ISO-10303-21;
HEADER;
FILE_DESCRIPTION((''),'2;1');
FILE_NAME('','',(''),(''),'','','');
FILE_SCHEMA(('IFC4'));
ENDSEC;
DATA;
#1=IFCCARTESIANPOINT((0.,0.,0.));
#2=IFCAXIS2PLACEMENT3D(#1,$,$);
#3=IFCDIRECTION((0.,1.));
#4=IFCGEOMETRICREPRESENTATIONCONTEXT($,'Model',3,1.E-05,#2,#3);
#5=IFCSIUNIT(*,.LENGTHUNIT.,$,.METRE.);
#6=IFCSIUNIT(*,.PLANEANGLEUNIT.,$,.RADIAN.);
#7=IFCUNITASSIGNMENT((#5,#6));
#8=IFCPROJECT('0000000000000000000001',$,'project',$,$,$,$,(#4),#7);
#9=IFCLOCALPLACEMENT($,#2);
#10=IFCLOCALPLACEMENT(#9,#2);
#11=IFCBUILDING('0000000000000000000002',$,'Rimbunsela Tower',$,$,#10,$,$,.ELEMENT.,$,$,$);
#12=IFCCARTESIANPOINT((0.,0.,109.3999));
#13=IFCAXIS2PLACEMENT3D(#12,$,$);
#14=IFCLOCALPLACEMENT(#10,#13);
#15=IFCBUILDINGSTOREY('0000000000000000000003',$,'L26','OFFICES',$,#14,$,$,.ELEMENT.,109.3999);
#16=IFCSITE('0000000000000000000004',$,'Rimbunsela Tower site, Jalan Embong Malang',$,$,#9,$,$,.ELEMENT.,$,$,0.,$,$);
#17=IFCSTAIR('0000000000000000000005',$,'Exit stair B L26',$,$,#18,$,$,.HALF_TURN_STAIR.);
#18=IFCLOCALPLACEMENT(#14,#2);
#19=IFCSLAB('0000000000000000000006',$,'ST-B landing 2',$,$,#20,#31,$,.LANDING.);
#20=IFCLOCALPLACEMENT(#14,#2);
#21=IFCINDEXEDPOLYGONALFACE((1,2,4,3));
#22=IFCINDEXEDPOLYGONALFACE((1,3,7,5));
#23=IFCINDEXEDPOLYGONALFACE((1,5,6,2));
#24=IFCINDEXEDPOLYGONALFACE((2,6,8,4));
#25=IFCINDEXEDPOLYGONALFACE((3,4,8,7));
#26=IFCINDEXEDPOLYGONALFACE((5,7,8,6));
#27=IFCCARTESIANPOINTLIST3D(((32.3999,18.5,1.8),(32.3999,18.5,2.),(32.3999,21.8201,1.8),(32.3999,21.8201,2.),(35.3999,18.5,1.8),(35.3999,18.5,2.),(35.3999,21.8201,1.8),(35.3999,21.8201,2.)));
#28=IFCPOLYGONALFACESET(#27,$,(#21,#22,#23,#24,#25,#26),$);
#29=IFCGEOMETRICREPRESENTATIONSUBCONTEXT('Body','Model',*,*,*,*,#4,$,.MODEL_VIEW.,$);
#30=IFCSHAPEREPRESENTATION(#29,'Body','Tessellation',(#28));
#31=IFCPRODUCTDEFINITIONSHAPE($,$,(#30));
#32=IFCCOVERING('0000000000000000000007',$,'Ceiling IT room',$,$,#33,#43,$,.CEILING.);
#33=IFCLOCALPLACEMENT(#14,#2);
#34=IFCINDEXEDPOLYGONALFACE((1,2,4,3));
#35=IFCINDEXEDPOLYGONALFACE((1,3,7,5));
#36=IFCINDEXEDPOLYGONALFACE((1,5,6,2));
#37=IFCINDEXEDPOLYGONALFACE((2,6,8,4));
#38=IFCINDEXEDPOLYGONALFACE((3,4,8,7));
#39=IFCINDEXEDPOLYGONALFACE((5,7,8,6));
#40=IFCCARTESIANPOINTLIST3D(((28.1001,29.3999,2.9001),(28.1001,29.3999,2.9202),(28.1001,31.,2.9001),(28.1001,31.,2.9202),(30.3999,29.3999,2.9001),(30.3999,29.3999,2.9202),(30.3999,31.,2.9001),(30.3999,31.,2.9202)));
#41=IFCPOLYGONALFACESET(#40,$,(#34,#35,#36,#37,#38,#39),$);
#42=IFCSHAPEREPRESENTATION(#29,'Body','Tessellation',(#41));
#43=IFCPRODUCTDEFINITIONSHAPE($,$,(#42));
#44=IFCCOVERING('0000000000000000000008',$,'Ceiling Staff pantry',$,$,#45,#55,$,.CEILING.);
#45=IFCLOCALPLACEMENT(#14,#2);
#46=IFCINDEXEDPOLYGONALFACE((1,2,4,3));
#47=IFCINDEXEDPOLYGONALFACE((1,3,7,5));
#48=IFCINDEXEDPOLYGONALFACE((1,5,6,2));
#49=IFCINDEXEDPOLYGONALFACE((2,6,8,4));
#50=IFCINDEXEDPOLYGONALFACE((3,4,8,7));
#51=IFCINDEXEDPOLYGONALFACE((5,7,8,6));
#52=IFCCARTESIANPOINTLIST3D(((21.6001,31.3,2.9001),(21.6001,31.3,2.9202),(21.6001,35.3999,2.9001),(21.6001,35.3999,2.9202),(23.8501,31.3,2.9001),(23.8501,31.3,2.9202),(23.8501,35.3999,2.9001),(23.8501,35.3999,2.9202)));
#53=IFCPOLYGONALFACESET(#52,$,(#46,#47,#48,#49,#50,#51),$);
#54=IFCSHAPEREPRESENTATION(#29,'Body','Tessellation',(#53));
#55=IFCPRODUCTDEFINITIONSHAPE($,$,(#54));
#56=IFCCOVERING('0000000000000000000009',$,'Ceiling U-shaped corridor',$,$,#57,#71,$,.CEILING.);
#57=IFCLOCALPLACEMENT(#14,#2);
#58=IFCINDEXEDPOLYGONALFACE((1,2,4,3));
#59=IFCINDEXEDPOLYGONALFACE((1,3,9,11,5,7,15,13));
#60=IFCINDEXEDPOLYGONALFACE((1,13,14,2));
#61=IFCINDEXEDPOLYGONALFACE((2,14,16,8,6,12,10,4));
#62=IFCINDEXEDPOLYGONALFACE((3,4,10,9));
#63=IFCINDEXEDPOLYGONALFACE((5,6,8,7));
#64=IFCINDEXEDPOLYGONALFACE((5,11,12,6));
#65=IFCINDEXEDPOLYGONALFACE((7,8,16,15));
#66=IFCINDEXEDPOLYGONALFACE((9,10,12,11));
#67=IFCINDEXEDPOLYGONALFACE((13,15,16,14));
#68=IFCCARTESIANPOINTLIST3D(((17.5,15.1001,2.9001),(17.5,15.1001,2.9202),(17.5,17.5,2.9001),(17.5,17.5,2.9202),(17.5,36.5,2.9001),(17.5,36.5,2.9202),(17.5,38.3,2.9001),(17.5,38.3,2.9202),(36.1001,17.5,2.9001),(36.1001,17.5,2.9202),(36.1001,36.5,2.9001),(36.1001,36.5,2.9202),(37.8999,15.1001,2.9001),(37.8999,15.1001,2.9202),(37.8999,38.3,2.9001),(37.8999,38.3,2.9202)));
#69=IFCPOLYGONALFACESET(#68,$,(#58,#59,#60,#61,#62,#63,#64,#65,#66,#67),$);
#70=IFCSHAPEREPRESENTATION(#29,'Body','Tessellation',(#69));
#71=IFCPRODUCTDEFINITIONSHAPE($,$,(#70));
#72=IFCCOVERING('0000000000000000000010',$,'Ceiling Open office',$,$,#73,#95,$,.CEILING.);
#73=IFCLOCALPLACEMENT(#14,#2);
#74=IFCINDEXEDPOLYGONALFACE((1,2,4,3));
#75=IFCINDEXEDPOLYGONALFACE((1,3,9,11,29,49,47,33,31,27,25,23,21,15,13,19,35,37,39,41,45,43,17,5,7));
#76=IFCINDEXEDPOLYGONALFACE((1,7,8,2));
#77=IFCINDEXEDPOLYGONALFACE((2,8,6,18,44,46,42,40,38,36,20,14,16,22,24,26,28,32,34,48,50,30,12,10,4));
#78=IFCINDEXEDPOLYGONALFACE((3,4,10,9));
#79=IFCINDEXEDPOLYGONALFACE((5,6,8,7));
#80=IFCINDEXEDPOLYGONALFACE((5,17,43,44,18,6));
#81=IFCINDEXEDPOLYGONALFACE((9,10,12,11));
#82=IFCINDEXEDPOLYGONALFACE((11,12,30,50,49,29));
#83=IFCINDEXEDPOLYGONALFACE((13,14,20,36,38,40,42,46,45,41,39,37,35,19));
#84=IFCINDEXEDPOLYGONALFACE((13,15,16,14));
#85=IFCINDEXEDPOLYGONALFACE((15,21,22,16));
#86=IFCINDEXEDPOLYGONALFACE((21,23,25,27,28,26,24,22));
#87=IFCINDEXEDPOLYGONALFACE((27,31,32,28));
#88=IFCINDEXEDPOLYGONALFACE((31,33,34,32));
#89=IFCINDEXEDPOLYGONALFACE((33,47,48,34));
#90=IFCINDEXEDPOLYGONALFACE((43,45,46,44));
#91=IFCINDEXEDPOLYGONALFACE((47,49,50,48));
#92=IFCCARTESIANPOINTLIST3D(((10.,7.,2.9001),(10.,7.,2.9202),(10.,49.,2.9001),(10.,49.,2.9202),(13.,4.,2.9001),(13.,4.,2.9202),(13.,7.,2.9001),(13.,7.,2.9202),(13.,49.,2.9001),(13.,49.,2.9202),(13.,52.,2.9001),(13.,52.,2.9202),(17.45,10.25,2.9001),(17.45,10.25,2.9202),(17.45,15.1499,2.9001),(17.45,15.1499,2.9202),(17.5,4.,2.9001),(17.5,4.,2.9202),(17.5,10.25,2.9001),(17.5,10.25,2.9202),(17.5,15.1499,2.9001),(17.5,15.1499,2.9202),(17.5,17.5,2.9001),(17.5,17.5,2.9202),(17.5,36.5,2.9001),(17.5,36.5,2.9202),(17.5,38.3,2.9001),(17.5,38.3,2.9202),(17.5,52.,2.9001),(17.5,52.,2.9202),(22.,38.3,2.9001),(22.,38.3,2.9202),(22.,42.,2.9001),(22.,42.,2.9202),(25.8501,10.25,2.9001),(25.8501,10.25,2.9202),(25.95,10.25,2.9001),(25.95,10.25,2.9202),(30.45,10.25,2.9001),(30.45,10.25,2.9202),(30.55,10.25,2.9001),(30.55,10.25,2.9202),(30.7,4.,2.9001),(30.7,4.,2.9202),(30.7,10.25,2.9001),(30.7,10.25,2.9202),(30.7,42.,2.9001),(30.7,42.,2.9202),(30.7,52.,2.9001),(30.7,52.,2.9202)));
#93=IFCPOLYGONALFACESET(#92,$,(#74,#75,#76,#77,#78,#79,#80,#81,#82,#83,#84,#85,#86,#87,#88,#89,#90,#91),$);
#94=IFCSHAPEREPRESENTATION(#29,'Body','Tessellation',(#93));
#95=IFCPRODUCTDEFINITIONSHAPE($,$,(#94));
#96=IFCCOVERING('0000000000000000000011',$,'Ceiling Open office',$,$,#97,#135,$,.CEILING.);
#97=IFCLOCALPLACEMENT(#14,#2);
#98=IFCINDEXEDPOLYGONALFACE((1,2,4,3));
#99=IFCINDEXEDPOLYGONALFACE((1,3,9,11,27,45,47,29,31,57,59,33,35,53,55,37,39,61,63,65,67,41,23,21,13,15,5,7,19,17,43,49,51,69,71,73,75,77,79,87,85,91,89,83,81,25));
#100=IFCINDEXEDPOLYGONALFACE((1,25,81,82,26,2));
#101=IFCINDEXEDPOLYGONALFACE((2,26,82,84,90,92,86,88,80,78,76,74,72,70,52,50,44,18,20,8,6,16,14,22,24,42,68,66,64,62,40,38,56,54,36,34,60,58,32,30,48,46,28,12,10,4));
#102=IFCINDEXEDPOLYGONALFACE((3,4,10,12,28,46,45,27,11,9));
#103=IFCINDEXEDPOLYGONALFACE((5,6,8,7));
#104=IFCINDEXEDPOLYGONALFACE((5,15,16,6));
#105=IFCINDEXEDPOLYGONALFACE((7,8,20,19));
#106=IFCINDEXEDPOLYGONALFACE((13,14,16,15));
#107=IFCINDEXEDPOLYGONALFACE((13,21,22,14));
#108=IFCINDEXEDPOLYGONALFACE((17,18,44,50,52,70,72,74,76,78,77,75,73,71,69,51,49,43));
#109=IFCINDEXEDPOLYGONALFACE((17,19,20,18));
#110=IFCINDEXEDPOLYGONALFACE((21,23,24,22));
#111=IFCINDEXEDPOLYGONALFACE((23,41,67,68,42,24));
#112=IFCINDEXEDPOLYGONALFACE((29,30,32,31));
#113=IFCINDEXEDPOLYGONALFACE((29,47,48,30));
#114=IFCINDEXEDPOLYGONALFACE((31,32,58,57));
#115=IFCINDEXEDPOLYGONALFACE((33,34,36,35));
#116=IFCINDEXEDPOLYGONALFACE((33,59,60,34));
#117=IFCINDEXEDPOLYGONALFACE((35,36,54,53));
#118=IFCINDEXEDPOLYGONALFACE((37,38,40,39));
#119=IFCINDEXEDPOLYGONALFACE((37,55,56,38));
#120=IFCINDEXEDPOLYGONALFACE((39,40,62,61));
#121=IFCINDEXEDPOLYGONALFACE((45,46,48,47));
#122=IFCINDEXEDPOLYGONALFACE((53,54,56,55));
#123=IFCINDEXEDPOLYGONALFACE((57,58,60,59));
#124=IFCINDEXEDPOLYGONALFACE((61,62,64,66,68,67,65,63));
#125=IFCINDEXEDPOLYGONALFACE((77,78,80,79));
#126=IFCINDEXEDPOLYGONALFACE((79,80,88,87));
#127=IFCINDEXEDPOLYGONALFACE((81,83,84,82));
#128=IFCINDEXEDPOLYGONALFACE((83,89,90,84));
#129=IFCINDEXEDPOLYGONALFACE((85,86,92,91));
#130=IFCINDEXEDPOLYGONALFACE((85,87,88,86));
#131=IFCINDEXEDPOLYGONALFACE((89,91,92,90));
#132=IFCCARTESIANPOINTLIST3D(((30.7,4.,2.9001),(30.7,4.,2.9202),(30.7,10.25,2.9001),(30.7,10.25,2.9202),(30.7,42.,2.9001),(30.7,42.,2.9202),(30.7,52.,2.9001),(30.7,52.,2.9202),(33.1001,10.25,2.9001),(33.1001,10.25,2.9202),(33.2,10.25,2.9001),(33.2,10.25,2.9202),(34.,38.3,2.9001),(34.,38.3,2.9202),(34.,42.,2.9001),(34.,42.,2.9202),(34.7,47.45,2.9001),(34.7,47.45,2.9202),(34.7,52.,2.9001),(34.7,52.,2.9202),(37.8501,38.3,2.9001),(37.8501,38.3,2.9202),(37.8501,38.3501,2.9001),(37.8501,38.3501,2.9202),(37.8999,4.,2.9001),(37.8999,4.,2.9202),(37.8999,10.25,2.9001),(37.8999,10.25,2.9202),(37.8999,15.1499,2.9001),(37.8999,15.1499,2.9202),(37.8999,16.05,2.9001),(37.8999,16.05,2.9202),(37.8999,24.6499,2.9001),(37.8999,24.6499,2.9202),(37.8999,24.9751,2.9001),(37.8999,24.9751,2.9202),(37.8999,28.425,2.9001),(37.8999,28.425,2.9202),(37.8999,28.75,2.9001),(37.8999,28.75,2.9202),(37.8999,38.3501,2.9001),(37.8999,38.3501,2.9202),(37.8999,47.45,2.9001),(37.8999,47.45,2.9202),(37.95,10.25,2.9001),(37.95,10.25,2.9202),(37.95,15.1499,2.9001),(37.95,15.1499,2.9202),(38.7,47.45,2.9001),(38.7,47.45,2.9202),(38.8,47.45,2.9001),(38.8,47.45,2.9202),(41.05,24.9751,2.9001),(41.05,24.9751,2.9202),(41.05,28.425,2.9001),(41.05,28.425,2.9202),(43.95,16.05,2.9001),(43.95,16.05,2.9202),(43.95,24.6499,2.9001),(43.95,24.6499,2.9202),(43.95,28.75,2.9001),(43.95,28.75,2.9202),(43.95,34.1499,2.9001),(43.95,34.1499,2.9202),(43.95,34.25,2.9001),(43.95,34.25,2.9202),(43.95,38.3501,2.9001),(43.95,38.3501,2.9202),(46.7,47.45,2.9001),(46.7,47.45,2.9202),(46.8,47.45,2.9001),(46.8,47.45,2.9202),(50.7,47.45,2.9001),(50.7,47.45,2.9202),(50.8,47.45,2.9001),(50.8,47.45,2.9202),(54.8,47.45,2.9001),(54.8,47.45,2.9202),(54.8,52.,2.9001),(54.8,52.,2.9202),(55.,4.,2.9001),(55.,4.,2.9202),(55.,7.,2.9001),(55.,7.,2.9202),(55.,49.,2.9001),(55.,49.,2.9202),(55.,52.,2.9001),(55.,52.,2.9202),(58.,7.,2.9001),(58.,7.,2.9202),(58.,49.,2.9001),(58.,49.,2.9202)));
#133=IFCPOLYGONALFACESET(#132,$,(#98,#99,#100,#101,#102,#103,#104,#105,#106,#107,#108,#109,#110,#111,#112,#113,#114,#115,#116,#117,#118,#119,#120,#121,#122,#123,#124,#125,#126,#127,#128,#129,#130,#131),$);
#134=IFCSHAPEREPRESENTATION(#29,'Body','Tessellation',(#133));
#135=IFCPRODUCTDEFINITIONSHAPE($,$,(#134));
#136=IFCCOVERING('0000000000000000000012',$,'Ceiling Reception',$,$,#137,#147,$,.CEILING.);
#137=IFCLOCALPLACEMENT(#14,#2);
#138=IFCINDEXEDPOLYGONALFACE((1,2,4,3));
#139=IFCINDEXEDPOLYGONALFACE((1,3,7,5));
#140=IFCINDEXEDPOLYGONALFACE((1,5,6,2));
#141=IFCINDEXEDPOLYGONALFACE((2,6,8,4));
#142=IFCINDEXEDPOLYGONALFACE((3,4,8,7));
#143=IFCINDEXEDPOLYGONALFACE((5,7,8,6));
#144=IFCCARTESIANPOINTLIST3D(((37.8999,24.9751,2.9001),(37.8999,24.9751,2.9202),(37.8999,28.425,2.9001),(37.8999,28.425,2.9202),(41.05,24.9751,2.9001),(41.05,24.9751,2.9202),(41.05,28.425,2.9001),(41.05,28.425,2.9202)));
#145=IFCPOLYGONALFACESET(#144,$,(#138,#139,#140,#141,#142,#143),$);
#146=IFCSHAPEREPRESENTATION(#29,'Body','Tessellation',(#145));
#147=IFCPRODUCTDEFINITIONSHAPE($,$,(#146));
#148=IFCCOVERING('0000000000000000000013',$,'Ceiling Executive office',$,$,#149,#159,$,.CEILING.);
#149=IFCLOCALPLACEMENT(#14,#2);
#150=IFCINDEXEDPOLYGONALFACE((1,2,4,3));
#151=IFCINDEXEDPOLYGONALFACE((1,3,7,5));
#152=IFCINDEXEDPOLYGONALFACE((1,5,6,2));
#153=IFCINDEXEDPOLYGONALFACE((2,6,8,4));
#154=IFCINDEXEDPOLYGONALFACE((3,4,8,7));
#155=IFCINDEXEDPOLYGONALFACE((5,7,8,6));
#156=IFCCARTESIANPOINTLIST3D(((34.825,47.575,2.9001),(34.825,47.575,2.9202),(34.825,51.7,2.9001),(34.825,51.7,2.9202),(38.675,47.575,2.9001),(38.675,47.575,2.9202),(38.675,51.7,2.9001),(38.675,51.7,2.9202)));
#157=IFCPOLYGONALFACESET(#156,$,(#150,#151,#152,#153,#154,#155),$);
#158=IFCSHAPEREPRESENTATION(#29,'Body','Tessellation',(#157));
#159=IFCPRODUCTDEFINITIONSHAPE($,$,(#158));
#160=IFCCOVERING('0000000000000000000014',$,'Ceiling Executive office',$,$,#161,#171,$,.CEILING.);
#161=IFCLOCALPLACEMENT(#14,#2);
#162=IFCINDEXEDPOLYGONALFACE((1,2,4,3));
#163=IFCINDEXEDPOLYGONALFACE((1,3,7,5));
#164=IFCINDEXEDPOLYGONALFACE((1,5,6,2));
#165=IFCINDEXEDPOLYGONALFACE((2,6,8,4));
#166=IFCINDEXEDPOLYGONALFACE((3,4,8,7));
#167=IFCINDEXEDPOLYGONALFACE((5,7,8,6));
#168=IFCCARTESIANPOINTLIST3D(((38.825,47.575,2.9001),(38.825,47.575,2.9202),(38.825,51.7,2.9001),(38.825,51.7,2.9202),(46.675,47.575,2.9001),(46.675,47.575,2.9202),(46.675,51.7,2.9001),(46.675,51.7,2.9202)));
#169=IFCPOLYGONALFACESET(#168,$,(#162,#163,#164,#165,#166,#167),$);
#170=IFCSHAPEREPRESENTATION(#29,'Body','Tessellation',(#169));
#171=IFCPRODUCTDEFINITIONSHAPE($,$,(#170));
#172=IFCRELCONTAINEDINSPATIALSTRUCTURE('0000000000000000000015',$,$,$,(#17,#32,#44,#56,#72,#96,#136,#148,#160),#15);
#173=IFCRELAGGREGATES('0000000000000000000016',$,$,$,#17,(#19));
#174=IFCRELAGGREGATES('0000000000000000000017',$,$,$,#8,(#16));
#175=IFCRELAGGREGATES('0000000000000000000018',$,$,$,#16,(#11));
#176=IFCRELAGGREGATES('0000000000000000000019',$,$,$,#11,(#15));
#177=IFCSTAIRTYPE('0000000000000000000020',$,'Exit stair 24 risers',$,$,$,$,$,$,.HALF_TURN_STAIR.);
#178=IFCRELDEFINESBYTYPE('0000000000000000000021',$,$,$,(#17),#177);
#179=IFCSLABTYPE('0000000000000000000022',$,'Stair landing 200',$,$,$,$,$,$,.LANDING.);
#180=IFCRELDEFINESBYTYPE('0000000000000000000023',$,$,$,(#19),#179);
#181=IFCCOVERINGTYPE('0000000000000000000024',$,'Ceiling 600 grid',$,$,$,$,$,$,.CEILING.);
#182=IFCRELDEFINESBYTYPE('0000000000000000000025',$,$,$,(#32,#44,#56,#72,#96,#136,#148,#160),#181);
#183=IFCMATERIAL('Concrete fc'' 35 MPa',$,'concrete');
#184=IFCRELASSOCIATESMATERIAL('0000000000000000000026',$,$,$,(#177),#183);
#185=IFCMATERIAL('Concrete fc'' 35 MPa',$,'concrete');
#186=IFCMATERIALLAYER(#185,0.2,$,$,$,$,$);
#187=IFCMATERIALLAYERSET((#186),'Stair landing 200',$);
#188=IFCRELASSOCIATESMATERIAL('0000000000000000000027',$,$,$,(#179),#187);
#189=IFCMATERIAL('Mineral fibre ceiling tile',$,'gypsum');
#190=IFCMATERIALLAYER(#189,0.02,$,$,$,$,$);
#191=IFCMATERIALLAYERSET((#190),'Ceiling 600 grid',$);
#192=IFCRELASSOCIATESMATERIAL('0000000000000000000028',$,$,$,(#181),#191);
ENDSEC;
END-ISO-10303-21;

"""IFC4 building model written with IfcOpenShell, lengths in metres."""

from ifc_helpers import new_model, si_unit, direction, frame, origin, place, context, subcontext, project, spatial, polyline, outline, extrude, material, layer, layer_set, type_object, element, aggregate, save


model = new_model("IFC4")

# Units and contexts
model_context = context("Model", 3, precision=1e-05, world=origin(), true_north=direction((0.0, 1.0)))
body_context = subcontext(model_context, "Body", "Model", "MODEL_VIEW")
ifc_project = project(units=[si_unit("LENGTHUNIT", "METRE"), si_unit("PLANEANGLEUNIT", "RADIAN")], contexts=[model_context])

# Site, building, storey
site_placement = place(None, origin())
site = spatial("IfcSite", under=ifc_project, at=site_placement, Name="Rimbunsela Tower site, Jalan Embong Malang", CompositionType="ELEMENT", RefElevation=0.0)
building_placement = place(site_placement, origin())
building = spatial("IfcBuilding", under=site, at=building_placement, Name="Rimbunsela Tower", CompositionType="ELEMENT")
storey_placement = place(building_placement, frame((0.0, 0.0, 109.3999)))
storey = spatial("IfcBuildingStorey", under=building, at=storey_placement, Name="L26", Description="OFFICES", CompositionType="ELEMENT", Elevation=109.3999)

# Stair, slab
ifc_material_1 = material(Name="Concrete fc' 35 MPa", Category="concrete")
stair_type = type_object("IfcStairType", Name="Exit stair 24 risers", PredefinedType="HALF_TURN_STAIR", material=ifc_material_1)
stair_placement = place(storey_placement, origin())
stair = element("IfcStair", 1, at=stair_placement, inside=storey, type_object=stair_type, Name="Exit stair B L26", PredefinedType="HALF_TURN_STAIR")
ifc_material_2 = material(Name="Concrete fc' 35 MPa", Category="concrete")
ifc_layer_1 = layer(ifc_material_2, 0.2)
ifc_layer_set_1 = layer_set([ifc_layer_1], Name="Stair landing 200")
slab_type = type_object("IfcSlabType", Name="Stair landing 200", PredefinedType="LANDING", material=ifc_layer_set_1)
slab_placement = place(storey_placement, frame((0.0, 0.0, 1.8)))
slab = element("IfcSlab", 2, at=slab_placement, type_object=slab_type, Name="ST-B landing 2", PredefinedType="LANDING", context=body_context, shape_type="SweptSolid", body=[
    extrude(outline(polyline([(32.3999, 18.5), (35.3999, 18.5), (35.3999, 21.8201), (32.3999, 21.8201), (32.3999, 18.5)])), origin(), (0.0, 0.0, 1.0), 0.2),
])
aggregate(stair, [slab])

# Coverings
ifc_material_3 = material(Name="Mineral fibre ceiling tile", Category="gypsum")
ifc_layer_2 = layer(ifc_material_3, 0.02)
ifc_layer_set_2 = layer_set([ifc_layer_2], Name="Ceiling 600 grid")
covering_type_1 = type_object("IfcCoveringType", Name="Ceiling 600 grid", PredefinedType="CEILING", material=ifc_layer_set_2)
covering_1_placement = place(storey_placement, frame((0.0, 0.0, 2.9001)))
element("IfcCovering", 3, at=covering_1_placement, inside=storey, type_object=covering_type_1, Name="Ceiling IT room", PredefinedType="CEILING", context=body_context, shape_type="SweptSolid", body=[
    extrude(outline(polyline([(30.3999, 29.3999), (30.3999, 31.0), (28.1001, 31.0), (28.1001, 29.3999), (30.3999, 29.3999)])), origin(), (0.0, 0.0, 1.0), 0.02),
])
covering_2_placement = place(storey_placement, frame((0.0, 0.0, 2.9001)))
element("IfcCovering", 4, at=covering_2_placement, inside=storey, type_object=covering_type_1, Name="Ceiling Staff pantry", PredefinedType="CEILING", context=body_context, shape_type="SweptSolid", body=[
    extrude(outline(polyline([(23.8501, 31.3), (23.8501, 35.3999), (21.6001, 35.3999), (21.6001, 31.3), (23.8501, 31.3)])), origin(), (0.0, 0.0, 1.0), 0.02),
])
covering_3_placement = place(storey_placement, frame((0.0, 0.0, 2.9001)))
element("IfcCovering", 5, at=covering_3_placement, inside=storey, type_object=covering_type_1, Name="Ceiling U-shaped corridor", PredefinedType="CEILING", context=body_context, shape_type="SweptSolid", body=[
    extrude(outline(polyline([(37.8999, 38.3), (37.8999, 15.1001), (17.5, 15.1001), (17.5, 17.5), (36.1001, 17.5), (36.1001, 36.5), (17.5, 36.5), (17.5, 38.3), (37.8999, 38.3)])), origin(), (0.0, 0.0, 1.0), 0.02),
])
covering_4_placement = place(storey_placement, frame((0.0, 0.0, 2.9001)))
element("IfcCovering", 6, at=covering_4_placement, inside=storey, type_object=covering_type_1, Name="Ceiling Open office", PredefinedType="CEILING", context=body_context, shape_type="SweptSolid", body=[
    extrude(outline(polyline([(17.5, 4.0), (13.0, 4.0), (13.0, 7.0), (10.0, 7.0), (10.0, 49.0), (13.0, 49.0), (13.0, 52.0), (17.5, 52.0), (30.7, 52.0), (30.7, 42.0), (22.0, 42.0), (22.0, 38.3), (17.5, 38.3), (17.5, 36.5), (17.5, 17.5), (17.5, 15.1499), (17.45, 15.1499), (17.45, 10.25), (17.5, 10.25), (25.8501, 10.25), (25.95, 10.25), (30.45, 10.25), (30.55, 10.25), (30.7, 10.25), (30.7, 4.0), (17.5, 4.0)])), origin(), (0.0, 0.0, 1.0), 0.02),
])
covering_5_placement = place(storey_placement, frame((0.0, 0.0, 2.9001)))
element("IfcCovering", 7, at=covering_5_placement, inside=storey, type_object=covering_type_1, Name="Ceiling Open office", PredefinedType="CEILING", context=body_context, shape_type="SweptSolid", body=[
    extrude(outline(polyline([(30.7, 52.0), (34.7, 52.0), (34.7, 47.45), (37.8999, 47.45), (38.7, 47.45), (38.8, 47.45), (46.7, 47.45), (46.8, 47.45), (50.7, 47.45), (50.8, 47.45), (54.8, 47.45), (54.8, 52.0), (55.0, 52.0), (55.0, 49.0), (58.0, 49.0), (58.0, 7.0), (55.0, 7.0), (55.0, 4.0), (37.8999, 4.0), (30.7, 4.0), (30.7, 10.25), (33.1001, 10.25), (33.2, 10.25), (37.8999, 10.25), (37.95, 10.25), (37.95, 15.1499), (37.8999, 15.1499), (37.8999, 16.05), (43.95, 16.05), (43.95, 24.6499), (37.8999, 24.6499), (37.8999, 24.9751), (41.05, 24.9751), (41.05, 28.425), (37.8999, 28.425), (37.8999, 28.75), (43.95, 28.75), (43.95, 34.1499), (43.95, 34.25), (43.95, 38.3501), (37.8999, 38.3501), (37.8501, 38.3501), (37.8501, 38.3), (34.0, 38.3), (34.0, 42.0), (30.7, 42.0), (30.7, 52.0)])), origin(), (0.0, 0.0, 1.0), 0.02),
])
covering_6_placement = place(storey_placement, frame((0.0, 0.0, 2.9001)))
element("IfcCovering", 8, at=covering_6_placement, inside=storey, type_object=covering_type_1, Name="Ceiling Reception", PredefinedType="CEILING", context=body_context, shape_type="SweptSolid", body=[
    extrude(outline(polyline([(41.05, 24.9751), (41.05, 28.425), (37.8999, 28.425), (37.8999, 24.9751), (41.05, 24.9751)])), origin(), (0.0, 0.0, 1.0), 0.02),
])
covering_7_placement = place(storey_placement, frame((0.0, 0.0, 2.9001)))
element("IfcCovering", 9, at=covering_7_placement, inside=storey, type_object=covering_type_1, Name="Ceiling Executive office", PredefinedType="CEILING", context=body_context, shape_type="SweptSolid", body=[
    extrude(outline(polyline([(38.675, 47.575), (38.675, 51.7), (34.825, 51.7), (34.825, 47.575), (38.675, 47.575)])), origin(), (0.0, 0.0, 1.0), 0.02),
])
covering_8_placement = place(storey_placement, frame((0.0, 0.0, 2.9001)))
element("IfcCovering", 10, at=covering_8_placement, inside=storey, type_object=covering_type_1, Name="Ceiling Executive office", PredefinedType="CEILING", context=body_context, shape_type="SweptSolid", body=[
    extrude(outline(polyline([(46.675, 47.575), (46.675, 51.7), (38.825, 51.7), (38.825, 47.575), (46.675, 47.575)])), origin(), (0.0, 0.0, 1.0), 0.02),
])

save(model, "model.ifc")
